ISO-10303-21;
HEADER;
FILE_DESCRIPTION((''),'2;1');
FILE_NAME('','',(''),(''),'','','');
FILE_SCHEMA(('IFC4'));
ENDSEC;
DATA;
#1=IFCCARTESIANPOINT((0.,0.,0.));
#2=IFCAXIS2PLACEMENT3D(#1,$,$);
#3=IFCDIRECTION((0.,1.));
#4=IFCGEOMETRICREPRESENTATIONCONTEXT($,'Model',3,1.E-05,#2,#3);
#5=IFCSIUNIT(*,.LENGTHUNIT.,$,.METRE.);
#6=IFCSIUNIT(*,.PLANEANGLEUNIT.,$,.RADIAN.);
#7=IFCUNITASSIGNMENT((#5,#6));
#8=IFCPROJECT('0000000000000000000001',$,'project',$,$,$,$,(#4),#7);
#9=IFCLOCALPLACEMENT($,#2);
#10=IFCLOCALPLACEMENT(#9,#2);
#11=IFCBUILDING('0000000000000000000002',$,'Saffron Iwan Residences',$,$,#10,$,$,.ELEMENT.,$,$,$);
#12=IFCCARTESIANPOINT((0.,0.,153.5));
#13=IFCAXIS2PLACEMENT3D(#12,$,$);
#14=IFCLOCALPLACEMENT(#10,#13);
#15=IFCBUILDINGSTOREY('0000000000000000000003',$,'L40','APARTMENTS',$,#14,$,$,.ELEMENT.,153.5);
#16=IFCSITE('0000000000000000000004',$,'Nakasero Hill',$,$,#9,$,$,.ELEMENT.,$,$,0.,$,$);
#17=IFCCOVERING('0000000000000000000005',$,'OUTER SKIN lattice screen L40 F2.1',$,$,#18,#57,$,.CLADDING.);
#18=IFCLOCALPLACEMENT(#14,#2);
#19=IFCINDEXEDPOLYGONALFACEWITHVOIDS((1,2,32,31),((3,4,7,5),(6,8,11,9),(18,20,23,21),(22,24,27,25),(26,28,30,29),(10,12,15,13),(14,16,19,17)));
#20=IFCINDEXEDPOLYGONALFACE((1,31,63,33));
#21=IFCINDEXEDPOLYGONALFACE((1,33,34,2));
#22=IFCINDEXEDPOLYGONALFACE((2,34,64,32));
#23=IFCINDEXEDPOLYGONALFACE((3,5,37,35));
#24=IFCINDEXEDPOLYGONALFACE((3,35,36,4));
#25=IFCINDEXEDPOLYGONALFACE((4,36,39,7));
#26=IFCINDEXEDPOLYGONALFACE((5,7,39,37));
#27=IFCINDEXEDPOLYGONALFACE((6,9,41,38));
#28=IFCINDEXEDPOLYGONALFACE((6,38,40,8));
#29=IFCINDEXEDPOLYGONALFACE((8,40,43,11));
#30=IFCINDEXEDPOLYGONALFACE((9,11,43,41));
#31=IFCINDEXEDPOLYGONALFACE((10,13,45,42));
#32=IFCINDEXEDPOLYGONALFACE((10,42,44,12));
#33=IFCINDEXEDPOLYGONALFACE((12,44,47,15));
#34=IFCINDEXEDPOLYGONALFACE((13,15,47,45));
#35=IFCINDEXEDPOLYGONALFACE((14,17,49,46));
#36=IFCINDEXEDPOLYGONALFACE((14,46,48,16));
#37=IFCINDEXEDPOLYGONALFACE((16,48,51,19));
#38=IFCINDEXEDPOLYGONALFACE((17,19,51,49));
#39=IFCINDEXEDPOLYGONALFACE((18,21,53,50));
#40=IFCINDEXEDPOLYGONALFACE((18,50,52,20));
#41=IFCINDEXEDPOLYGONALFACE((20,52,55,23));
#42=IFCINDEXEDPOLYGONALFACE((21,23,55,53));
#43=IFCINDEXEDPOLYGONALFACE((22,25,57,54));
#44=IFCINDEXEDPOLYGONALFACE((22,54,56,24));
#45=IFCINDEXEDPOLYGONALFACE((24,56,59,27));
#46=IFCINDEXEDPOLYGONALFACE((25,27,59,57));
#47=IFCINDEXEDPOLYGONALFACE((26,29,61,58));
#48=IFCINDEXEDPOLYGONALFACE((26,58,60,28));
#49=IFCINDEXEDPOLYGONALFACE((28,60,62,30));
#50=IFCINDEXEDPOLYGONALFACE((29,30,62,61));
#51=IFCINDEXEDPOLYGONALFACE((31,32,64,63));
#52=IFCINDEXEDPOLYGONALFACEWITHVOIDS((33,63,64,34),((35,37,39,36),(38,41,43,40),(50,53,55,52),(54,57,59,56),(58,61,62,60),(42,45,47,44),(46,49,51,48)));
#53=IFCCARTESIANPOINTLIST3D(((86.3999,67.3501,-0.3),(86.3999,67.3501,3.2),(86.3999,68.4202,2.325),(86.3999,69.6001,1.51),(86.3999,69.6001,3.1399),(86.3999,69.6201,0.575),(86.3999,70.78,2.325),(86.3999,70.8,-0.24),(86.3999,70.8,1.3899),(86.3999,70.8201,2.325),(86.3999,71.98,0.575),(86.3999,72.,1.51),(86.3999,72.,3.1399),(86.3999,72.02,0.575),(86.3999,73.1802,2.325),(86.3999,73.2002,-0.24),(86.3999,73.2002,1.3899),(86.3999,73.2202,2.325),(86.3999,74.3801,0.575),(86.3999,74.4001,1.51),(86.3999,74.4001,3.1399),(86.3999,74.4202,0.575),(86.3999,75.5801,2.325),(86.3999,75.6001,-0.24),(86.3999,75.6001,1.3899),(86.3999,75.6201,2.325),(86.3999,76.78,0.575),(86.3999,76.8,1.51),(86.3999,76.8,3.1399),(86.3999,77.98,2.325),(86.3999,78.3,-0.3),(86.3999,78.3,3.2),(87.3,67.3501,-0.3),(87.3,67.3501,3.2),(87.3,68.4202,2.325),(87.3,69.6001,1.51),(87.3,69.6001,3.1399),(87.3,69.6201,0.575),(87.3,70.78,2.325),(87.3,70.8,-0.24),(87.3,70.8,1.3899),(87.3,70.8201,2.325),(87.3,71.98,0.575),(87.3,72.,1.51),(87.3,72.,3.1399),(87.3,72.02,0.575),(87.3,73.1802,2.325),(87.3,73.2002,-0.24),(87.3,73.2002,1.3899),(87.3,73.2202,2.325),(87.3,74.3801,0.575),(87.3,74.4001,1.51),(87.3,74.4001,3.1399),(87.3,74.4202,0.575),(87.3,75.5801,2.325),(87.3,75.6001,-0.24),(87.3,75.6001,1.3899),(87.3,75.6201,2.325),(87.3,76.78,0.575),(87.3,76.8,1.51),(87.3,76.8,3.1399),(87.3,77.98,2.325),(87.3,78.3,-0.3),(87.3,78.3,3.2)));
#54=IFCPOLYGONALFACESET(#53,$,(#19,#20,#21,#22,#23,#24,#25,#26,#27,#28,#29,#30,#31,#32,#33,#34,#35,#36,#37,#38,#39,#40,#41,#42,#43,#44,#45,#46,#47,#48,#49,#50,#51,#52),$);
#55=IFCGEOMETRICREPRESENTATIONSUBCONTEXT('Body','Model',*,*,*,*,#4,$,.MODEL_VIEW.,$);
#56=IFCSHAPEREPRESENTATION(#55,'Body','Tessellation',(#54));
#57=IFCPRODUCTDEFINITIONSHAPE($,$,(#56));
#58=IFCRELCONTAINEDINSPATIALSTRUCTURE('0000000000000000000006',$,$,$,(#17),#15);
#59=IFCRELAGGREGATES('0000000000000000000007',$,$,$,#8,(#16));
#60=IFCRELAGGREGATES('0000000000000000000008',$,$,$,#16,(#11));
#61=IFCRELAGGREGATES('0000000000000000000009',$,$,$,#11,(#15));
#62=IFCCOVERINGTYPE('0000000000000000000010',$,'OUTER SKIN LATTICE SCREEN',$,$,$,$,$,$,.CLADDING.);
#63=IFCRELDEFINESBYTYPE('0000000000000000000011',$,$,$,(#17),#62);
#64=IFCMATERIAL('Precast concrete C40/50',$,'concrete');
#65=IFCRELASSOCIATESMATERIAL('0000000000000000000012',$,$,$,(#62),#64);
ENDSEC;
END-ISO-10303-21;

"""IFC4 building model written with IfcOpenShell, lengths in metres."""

from ifc_helpers import new_model, si_unit, direction, frame, origin, place, context, subcontext, project, spatial, polyline, outline, extrude, material, type_object, element, save


model = new_model("IFC4")

# Units and contexts
model_context = context("Model", 3, precision=1e-05, world=origin(), true_north=direction((0.0, 1.0)))
body_context = subcontext(model_context, "Body", "Model", "MODEL_VIEW")
ifc_project = project(units=[si_unit("LENGTHUNIT", "METRE"), si_unit("PLANEANGLEUNIT", "RADIAN")], contexts=[model_context])

# Site, building, storey
site_placement = place(None, origin())
site = spatial("IfcSite", under=ifc_project, at=site_placement, Name="Nakasero Hill", CompositionType="ELEMENT", RefElevation=0.0)
building_placement = place(site_placement, origin())
building = spatial("IfcBuilding", under=site, at=building_placement, Name="Saffron Iwan Residences", CompositionType="ELEMENT")
storey_placement = place(building_placement, frame((0.0, 0.0, 153.5)))
storey = spatial("IfcBuildingStorey", under=building, at=storey_placement, Name="L40", Description="APARTMENTS", CompositionType="ELEMENT", Elevation=153.5)

# Covering
ifc_material_1 = material(Name="Precast concrete C40/50", Category="concrete")
covering_type = type_object("IfcCoveringType", Name="OUTER SKIN LATTICE SCREEN", PredefinedType="CLADDING", material=ifc_material_1)
covering_placement = place(storey_placement, frame((86.3999, 67.3501, -0.3), z_axis=(1.0, 0.0, 0.0), x_axis=(0.0, 1.0, 0.0)))
element("IfcCovering", 1, at=covering_placement, inside=storey, type_object=covering_type, Name="OUTER SKIN lattice screen L40 F2.1", PredefinedType="CLADDING", context=body_context, shape_type="SweptSolid", body=[
    extrude(outline(polyline([(0.0, 0.0), (10.95, 0.0), (10.95, 3.5), (0.0, 3.5), (0.0, 0.0)]), holes=[polyline([(2.27, 0.875), (3.45, 0.0601), (4.6299, 0.875), (3.45, 1.6899), (2.27, 0.875)]), polyline([(4.6699, 0.875), (5.8501, 0.0601), (7.03, 0.875), (5.8501, 1.6899), (4.6699, 0.875)]), polyline([(7.0701, 0.875), (8.25, 0.0601), (9.4299, 0.875), (8.25, 1.6899), (7.0701, 0.875)]), polyline([(1.0701, 2.625), (2.25, 1.8101), (3.4299, 2.625), (2.25, 3.4399), (1.0701, 2.625)]), polyline([(3.47, 2.625), (4.6499, 1.8101), (5.8301, 2.625), (4.6499, 3.4399), (3.47, 2.625)]), polyline([(5.8701, 2.625), (7.05, 1.8101), (8.23, 2.625), (7.05, 3.4399), (5.8701, 2.625)]), polyline([(8.27, 2.625), (9.45, 1.8101), (10.6299, 2.625), (9.45, 3.4399), (8.27, 2.625)])]), origin(), (0.0, 0.0, 1.0), 0.9001),
])

save(model, "model.ifc")
